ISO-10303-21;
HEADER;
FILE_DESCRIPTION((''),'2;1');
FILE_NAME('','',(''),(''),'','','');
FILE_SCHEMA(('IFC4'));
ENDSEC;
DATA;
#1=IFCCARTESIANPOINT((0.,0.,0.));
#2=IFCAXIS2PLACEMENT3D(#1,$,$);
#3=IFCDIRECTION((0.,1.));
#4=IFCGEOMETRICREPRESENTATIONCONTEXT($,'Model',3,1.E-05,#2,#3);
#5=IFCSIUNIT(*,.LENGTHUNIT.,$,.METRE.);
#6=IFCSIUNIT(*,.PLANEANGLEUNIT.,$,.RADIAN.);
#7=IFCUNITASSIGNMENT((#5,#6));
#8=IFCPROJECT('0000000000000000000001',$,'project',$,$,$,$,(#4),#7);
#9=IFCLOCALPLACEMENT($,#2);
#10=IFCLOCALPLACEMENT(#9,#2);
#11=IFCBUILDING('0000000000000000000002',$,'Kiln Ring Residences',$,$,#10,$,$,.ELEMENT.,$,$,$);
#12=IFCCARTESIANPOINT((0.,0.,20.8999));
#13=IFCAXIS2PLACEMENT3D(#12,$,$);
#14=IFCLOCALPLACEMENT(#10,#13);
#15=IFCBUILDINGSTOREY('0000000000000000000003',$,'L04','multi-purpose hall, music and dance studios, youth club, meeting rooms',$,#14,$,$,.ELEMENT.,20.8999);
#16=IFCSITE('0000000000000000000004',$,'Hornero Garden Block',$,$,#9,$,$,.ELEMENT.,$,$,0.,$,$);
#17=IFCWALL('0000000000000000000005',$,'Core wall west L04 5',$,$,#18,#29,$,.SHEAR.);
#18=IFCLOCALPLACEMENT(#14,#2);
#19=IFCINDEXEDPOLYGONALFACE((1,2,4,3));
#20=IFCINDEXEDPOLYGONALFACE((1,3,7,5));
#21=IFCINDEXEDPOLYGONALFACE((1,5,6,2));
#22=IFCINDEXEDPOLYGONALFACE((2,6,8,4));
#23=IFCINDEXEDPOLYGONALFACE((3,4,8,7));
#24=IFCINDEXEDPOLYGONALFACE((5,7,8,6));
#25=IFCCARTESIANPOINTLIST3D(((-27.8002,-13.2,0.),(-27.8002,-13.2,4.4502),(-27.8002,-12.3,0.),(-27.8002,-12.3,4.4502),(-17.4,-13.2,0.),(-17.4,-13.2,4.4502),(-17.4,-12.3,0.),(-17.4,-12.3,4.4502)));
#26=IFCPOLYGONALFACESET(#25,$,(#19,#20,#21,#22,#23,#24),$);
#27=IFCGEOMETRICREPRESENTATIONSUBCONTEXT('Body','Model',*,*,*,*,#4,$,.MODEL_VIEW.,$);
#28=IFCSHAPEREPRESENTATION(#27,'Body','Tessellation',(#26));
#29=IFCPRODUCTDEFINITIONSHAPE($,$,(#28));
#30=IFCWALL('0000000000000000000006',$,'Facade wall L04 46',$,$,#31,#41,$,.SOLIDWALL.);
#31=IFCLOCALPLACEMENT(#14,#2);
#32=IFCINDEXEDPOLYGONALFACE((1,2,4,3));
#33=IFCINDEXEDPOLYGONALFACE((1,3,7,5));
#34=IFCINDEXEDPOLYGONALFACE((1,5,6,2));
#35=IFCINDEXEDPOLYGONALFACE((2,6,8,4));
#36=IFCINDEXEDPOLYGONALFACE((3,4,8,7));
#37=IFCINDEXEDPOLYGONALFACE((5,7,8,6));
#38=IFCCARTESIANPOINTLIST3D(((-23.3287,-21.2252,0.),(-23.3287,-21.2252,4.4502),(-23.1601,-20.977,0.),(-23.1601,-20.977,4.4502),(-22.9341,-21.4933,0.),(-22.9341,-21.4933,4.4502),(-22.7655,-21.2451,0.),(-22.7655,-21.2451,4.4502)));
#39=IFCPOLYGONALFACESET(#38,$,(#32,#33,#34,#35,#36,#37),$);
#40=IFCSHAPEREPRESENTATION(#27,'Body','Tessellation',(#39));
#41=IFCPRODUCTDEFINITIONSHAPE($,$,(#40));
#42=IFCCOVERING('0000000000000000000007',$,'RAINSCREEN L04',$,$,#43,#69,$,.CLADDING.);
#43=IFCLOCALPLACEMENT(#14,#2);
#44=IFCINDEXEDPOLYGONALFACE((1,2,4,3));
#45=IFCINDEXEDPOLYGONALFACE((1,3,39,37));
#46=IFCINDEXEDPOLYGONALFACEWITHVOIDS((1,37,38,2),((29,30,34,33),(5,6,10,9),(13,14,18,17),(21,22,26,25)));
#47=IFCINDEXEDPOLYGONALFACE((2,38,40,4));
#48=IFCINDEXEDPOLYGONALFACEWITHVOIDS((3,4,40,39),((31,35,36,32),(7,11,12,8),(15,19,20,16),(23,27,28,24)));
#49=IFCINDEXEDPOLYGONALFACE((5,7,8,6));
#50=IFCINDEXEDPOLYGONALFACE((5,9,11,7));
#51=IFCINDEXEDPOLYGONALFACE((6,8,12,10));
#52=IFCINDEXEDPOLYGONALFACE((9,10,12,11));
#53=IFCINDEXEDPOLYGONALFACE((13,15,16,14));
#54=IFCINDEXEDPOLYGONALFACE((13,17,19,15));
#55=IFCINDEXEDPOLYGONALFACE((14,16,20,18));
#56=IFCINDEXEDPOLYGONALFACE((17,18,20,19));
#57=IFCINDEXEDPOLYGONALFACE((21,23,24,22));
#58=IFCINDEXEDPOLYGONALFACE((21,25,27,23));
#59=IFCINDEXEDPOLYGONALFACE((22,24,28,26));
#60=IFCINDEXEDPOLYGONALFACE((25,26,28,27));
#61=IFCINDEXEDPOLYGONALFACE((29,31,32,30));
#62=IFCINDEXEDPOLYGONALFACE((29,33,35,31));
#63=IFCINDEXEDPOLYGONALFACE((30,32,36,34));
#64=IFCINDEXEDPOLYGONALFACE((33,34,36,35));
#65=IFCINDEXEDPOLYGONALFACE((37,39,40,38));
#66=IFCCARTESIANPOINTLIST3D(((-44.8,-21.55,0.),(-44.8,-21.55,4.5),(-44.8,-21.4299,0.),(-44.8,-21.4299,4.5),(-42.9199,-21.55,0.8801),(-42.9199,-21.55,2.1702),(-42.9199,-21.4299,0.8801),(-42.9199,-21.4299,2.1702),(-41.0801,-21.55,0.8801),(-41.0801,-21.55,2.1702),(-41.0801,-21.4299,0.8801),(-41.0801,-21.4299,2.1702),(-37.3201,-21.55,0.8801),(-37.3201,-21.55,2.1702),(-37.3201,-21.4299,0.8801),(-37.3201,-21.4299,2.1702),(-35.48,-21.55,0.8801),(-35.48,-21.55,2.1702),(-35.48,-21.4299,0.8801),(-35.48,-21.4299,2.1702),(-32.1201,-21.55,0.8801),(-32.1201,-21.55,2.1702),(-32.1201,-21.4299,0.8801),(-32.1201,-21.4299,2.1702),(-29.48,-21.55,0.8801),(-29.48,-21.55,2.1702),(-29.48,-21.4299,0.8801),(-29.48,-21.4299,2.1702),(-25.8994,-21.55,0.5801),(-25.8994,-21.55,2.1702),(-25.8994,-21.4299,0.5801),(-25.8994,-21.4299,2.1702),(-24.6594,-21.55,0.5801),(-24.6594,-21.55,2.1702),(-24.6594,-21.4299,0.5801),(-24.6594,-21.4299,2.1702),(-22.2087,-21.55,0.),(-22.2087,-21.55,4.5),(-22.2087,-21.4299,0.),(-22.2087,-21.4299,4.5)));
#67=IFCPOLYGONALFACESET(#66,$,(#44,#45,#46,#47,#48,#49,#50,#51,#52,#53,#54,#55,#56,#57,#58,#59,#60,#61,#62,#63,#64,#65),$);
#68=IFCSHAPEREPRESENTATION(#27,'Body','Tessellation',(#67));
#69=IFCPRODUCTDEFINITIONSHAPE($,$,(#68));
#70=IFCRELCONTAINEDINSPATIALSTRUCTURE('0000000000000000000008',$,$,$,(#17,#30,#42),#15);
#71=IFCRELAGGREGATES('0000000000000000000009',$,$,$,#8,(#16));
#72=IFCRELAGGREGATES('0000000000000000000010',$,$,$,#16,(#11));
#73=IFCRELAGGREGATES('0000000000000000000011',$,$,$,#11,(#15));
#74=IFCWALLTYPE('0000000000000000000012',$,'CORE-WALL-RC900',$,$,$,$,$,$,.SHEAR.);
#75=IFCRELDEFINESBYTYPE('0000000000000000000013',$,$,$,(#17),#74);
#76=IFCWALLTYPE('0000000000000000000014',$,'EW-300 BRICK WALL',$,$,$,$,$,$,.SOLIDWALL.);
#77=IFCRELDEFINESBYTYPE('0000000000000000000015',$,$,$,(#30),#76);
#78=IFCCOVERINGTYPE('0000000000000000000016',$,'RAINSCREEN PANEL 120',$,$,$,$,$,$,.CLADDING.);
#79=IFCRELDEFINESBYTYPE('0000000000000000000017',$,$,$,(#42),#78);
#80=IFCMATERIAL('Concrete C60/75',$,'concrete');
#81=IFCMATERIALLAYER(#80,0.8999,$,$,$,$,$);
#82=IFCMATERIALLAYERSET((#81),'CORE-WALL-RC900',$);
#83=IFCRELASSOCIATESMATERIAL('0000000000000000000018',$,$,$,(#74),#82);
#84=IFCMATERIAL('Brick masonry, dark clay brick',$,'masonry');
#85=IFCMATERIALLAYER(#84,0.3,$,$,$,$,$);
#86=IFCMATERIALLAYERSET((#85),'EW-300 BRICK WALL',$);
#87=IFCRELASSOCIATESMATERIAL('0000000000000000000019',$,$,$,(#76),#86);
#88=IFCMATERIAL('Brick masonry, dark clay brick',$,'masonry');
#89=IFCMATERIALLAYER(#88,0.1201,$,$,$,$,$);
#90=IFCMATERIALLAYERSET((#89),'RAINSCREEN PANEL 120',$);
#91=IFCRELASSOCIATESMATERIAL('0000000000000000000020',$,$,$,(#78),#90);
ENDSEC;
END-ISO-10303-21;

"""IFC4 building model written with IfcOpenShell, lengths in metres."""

from ifc_helpers import new_model, si_unit, direction, frame, frame_2d, origin, place, context, subcontext, project, spatial, polyline, rectangle, outline, extrude, material, layer, layer_set, type_object, element, save


model = new_model("IFC4")

# Units and contexts
model_context = context("Model", 3, precision=1e-05, world=origin(), true_north=direction((0.0, 1.0)))
body_context = subcontext(model_context, "Body", "Model", "MODEL_VIEW")
ifc_project = project(units=[si_unit("LENGTHUNIT", "METRE"), si_unit("PLANEANGLEUNIT", "RADIAN")], contexts=[model_context])

# Site, building, storey
site_placement = place(None, origin())
site = spatial("IfcSite", under=ifc_project, at=site_placement, Name="Hornero Garden Block", CompositionType="ELEMENT", RefElevation=0.0)
building_placement = place(site_placement, origin())
building = spatial("IfcBuilding", under=site, at=building_placement, Name="Kiln Ring Residences", CompositionType="ELEMENT")
storey_placement = place(building_placement, frame((0.0, 0.0, 20.8999)))
storey = spatial("IfcBuildingStorey", under=building, at=storey_placement, Name="L04", Description="multi-purpose hall, music and dance studios, youth club, meeting rooms", CompositionType="ELEMENT", Elevation=20.8999)

# Walls
ifc_material_1 = material(Name="Concrete C60/75", Category="concrete")
ifc_layer_1 = layer(ifc_material_1, 0.8999)
ifc_layer_set_1 = layer_set([ifc_layer_1], Name="CORE-WALL-RC900")
wall_type_1 = type_object("IfcWallType", Name="CORE-WALL-RC900", PredefinedType="SHEAR", material=ifc_layer_set_1)
wall_1_placement = place(storey_placement, frame((-17.3999, -12.75, 0.0), z_axis=(0.0, 0.0, 1.0), x_axis=(-1.0, 0.0, 0.0)))
element("IfcWall", 1, at=wall_1_placement, inside=storey, type_object=wall_type_1, Name="Core wall west L04 5", PredefinedType="SHEAR", context=body_context, shape_type="SweptSolid", body=[
    extrude(rectangle(XDim=10.4001, YDim=0.8999, at=frame_2d((5.2002, 0.0))), origin(), (0.0, 0.0, 1.0), 4.4502),
])
ifc_material_2 = material(Name="Brick masonry, dark clay brick", Category="masonry")
ifc_layer_2 = layer(ifc_material_2, 0.3)
ifc_layer_set_2 = layer_set([ifc_layer_2], Name="EW-300 BRICK WALL")
wall_type_2 = type_object("IfcWallType", Name="EW-300 BRICK WALL", PredefinedType="SOLIDWALL", material=ifc_layer_set_2)
wall_2_placement = place(storey_placement, frame((-23.2444, -21.1011, 0.0), z_axis=(0.0, 0.0, 1.0), x_axis=(0.827136, -0.562002, 0.0)))
element("IfcWall", 2, at=wall_2_placement, inside=storey, type_object=wall_type_2, Name="Facade wall L04 46", PredefinedType="SOLIDWALL", context=body_context, shape_type="SweptSolid", body=[
    extrude(rectangle(XDim=0.4771, YDim=0.3, at=frame_2d((0.2385, 0.0))), origin(), (0.0, 0.0, 1.0), 4.4502),
])

# Covering
ifc_material_3 = material(Name="Brick masonry, dark clay brick", Category="masonry")
ifc_layer_3 = layer(ifc_material_3, 0.1201)
ifc_layer_set_3 = layer_set([ifc_layer_3], Name="RAINSCREEN PANEL 120")
covering_type = type_object("IfcCoveringType", Name="RAINSCREEN PANEL 120", PredefinedType="CLADDING", material=ifc_layer_set_3)
covering_placement = place(storey_placement, frame((-22.2087, -21.49, 0.0), z_axis=(0.0, 0.0, 1.0), x_axis=(-1.0, 0.0, 0.0)))
element("IfcCovering", 3, at=covering_placement, inside=storey, type_object=covering_type, Name="RAINSCREEN L04", PredefinedType="CLADDING", context=body_context, shape_type="SweptSolid", body=[
    extrude(outline(polyline([(0.0, 0.0), (22.5913, 0.0), (22.5913, 4.5), (0.0, 4.5), (0.0, 0.0)]), holes=[polyline([(3.6907, 0.5801), (3.6907, 2.1702), (2.4507, 2.1702), (2.4507, 0.5801), (3.6907, 0.5801)]), polyline([(9.9114, 0.8801), (9.9114, 2.1702), (7.2712, 2.1702), (7.2712, 0.8801), (9.9114, 0.8801)]), polyline([(15.1113, 0.8801), (15.1113, 2.1702), (13.2712, 2.1702), (13.2712, 0.8801), (15.1113, 0.8801)]), polyline([(20.7112, 0.8801), (20.7112, 2.1702), (18.8713, 2.1702), (18.8713, 0.8801), (20.7112, 0.8801)])]), frame((0.0, 0.0601, 0.0), z_axis=(0.0, -1.0, 0.0), x_axis=(1.0, 0.0, 0.0)), (0.0, 0.0, 1.0), 0.1201),
])

save(model, "model.ifc")
